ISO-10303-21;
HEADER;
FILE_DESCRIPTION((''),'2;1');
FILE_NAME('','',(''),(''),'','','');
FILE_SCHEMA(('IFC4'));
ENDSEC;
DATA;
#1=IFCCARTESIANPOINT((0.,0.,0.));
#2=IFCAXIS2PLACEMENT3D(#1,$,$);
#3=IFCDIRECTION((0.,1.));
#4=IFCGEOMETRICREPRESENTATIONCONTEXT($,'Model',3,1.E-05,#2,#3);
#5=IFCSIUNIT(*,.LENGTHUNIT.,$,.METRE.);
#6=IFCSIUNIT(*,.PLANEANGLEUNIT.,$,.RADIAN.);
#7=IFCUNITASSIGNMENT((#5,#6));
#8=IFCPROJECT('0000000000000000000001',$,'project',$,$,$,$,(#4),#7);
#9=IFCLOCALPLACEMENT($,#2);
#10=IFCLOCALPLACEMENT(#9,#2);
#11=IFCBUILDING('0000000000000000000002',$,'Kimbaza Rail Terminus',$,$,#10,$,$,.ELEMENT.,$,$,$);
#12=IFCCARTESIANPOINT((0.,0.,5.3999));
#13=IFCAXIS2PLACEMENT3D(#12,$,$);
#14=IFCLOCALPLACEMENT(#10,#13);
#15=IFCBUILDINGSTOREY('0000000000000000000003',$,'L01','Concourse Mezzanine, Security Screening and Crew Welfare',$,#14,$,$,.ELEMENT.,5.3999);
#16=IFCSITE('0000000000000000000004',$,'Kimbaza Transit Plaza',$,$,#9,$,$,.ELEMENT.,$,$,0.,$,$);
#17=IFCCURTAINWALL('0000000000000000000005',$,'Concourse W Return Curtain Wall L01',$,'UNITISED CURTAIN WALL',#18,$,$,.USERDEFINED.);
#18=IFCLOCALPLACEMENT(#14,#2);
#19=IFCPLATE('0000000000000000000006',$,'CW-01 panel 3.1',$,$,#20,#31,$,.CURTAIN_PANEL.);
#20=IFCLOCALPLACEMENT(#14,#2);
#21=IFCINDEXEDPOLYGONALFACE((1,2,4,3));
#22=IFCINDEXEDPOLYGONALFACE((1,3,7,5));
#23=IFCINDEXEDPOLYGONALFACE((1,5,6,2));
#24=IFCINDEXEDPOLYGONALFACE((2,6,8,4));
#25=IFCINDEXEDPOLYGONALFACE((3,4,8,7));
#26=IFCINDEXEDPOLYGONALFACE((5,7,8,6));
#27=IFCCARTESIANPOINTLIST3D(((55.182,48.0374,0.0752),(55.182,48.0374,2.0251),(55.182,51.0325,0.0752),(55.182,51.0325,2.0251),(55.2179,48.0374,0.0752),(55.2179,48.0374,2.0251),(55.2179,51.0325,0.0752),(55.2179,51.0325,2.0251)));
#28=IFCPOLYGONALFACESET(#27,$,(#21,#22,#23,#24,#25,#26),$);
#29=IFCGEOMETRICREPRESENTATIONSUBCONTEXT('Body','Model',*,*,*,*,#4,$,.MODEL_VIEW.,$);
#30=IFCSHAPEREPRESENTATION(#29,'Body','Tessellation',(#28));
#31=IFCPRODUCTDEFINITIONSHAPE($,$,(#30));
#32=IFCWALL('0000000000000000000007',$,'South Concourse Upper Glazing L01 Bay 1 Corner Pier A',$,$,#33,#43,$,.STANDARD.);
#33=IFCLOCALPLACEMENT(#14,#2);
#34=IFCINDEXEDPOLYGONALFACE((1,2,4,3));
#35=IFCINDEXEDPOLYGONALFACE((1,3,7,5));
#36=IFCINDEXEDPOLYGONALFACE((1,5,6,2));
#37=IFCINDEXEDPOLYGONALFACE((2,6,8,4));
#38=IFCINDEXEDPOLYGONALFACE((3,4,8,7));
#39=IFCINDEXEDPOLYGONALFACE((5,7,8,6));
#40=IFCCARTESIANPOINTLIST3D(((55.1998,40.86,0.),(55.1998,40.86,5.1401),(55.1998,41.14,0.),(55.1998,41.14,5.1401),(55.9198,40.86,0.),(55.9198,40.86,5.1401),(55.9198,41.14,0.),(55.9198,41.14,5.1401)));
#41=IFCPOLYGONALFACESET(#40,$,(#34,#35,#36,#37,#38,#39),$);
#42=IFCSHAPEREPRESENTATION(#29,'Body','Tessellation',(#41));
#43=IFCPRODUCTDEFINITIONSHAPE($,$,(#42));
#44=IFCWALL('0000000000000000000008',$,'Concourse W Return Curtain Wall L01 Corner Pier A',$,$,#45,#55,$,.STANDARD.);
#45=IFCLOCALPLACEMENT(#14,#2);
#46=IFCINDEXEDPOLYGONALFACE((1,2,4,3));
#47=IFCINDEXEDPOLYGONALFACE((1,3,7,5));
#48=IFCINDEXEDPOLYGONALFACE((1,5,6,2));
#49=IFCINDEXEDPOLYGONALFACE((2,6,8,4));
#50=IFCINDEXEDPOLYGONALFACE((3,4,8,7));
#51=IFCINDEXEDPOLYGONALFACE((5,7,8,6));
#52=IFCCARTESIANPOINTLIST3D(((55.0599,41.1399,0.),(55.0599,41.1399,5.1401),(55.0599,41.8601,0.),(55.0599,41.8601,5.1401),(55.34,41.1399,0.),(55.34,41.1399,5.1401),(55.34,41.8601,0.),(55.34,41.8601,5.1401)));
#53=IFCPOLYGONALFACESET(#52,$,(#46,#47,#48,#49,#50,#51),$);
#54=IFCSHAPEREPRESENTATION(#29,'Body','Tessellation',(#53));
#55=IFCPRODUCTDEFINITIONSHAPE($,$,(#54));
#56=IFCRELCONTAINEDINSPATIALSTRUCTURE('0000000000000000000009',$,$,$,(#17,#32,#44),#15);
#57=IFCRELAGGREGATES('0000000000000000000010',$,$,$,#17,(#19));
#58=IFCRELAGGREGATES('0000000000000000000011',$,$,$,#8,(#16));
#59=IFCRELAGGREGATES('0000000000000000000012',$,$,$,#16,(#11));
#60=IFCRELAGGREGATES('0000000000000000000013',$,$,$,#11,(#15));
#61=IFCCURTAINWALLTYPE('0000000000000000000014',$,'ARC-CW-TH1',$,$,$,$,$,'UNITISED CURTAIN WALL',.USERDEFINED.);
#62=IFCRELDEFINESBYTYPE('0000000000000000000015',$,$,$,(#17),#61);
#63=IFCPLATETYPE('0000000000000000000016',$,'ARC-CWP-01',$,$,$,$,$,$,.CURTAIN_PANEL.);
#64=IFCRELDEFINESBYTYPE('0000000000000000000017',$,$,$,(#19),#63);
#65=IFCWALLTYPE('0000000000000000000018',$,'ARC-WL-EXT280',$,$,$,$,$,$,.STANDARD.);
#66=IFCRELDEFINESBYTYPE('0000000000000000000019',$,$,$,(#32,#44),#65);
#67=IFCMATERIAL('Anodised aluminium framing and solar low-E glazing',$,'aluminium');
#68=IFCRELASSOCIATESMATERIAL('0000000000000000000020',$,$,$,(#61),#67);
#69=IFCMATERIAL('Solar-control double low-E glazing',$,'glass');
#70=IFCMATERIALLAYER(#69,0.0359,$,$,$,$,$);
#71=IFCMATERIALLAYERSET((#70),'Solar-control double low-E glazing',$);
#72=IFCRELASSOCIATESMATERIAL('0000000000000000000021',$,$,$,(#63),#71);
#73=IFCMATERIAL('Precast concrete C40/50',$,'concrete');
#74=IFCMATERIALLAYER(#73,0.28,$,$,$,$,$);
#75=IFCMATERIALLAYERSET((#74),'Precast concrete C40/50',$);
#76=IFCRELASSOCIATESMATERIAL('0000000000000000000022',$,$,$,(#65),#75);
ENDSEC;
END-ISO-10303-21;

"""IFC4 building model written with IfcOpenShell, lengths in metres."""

from ifc_helpers import new_model, si_unit, direction, frame, frame_2d, origin, origin_2d, place, context, subcontext, project, spatial, rectangle, extrude, material, layer, layer_set, type_object, element, aggregate, save


model = new_model("IFC4")

# Units and contexts
model_context = context("Model", 3, precision=1e-05, world=origin(), true_north=direction((0.0, 1.0)))
body_context = subcontext(model_context, "Body", "Model", "MODEL_VIEW")
ifc_project = project(units=[si_unit("LENGTHUNIT", "METRE"), si_unit("PLANEANGLEUNIT", "RADIAN")], contexts=[model_context])

# Site, building, storey
site_placement = place(None, origin())
site = spatial("IfcSite", under=ifc_project, at=site_placement, Name="Kimbaza Transit Plaza", CompositionType="ELEMENT", RefElevation=0.0)
building_placement = place(site_placement, origin())
building = spatial("IfcBuilding", under=site, at=building_placement, Name="Kimbaza Rail Terminus", CompositionType="ELEMENT")
storey_placement = place(building_placement, frame((0.0, 0.0, 5.3999)))
storey = spatial("IfcBuildingStorey", under=building, at=storey_placement, Name="L01", Description="Concourse Mezzanine, Security Screening and Crew Welfare", CompositionType="ELEMENT", Elevation=5.3999)

# Curtain wall
ifc_material_1 = material(Name="Anodised aluminium framing and solar low-E glazing", Category="aluminium")
curtain_wall_type = type_object("IfcCurtainWallType", Name="ARC-CW-TH1", ElementType="UNITISED CURTAIN WALL", PredefinedType="USERDEFINED", material=ifc_material_1)
curtain_wall_placement = place(storey_placement, origin())
curtain_wall = element("IfcCurtainWall", 1, at=curtain_wall_placement, inside=storey, type_object=curtain_wall_type, Name="Concourse W Return Curtain Wall L01", ObjectType="UNITISED CURTAIN WALL", PredefinedType="USERDEFINED")

# Plate
ifc_material_2 = material(Name="Solar-control double low-E glazing", Category="glass")
ifc_layer_1 = layer(ifc_material_2, 0.0359)
ifc_layer_set_1 = layer_set([ifc_layer_1], Name="Solar-control double low-E glazing")
plate_type = type_object("IfcPlateType", Name="ARC-CWP-01", PredefinedType="CURTAIN_PANEL", material=ifc_layer_set_1)
plate_1_placement = place(storey_placement, frame((55.2, 49.5349, 0.0752), z_axis=(0.0, 0.0, 1.0), x_axis=(0.0, 1.0, 0.0)))
plate_1 = element("IfcPlate", 2, at=plate_1_placement, type_object=plate_type, Name="CW-01 panel 3.1", PredefinedType="CURTAIN_PANEL", context=body_context, shape_type="SweptSolid", body=[
    extrude(rectangle(XDim=2.9951, YDim=0.0359, at=origin_2d()), origin(), (0.0, 0.0, 1.0), 1.95),
])
aggregate(curtain_wall, [plate_1])

# Walls
ifc_material_3 = material(Name="Precast concrete C40/50", Category="concrete")
ifc_layer_2 = layer(ifc_material_3, 0.28)
ifc_layer_set_2 = layer_set([ifc_layer_2], Name="Precast concrete C40/50")
wall_type = type_object("IfcWallType", Name="ARC-WL-EXT280", PredefinedType="STANDARD", material=ifc_layer_set_2)
wall_1_placement = place(storey_placement, frame((55.2, 41.0, 0.0), z_axis=(0.0, 0.0, 1.0), x_axis=(1.0, 0.0, 0.0)))
element("IfcWall", 3, at=wall_1_placement, inside=storey, type_object=wall_type, Name="South Concourse Upper Glazing L01 Bay 1 Corner Pier A", PredefinedType="STANDARD", context=body_context, shape_type="SweptSolid", body=[
    extrude(rectangle(XDim=0.72, YDim=0.28, at=frame_2d((0.3599, 0.0))), origin(), (0.0, 0.0, 1.0), 5.1401),
])
wall_2_placement = place(storey_placement, frame((55.2, 41.1399, 0.0), z_axis=(0.0, 0.0, 1.0), x_axis=(0.0, 1.0, 0.0)))
element("IfcWall", 4, at=wall_2_placement, inside=storey, type_object=wall_type, Name="Concourse W Return Curtain Wall L01 Corner Pier A", PredefinedType="STANDARD", context=body_context, shape_type="SweptSolid", body=[
    extrude(rectangle(XDim=0.7202, YDim=0.28, at=frame_2d((0.3601, 0.0))), origin(), (0.0, 0.0, 1.0), 5.1401),
])

save(model, "model.ifc")
